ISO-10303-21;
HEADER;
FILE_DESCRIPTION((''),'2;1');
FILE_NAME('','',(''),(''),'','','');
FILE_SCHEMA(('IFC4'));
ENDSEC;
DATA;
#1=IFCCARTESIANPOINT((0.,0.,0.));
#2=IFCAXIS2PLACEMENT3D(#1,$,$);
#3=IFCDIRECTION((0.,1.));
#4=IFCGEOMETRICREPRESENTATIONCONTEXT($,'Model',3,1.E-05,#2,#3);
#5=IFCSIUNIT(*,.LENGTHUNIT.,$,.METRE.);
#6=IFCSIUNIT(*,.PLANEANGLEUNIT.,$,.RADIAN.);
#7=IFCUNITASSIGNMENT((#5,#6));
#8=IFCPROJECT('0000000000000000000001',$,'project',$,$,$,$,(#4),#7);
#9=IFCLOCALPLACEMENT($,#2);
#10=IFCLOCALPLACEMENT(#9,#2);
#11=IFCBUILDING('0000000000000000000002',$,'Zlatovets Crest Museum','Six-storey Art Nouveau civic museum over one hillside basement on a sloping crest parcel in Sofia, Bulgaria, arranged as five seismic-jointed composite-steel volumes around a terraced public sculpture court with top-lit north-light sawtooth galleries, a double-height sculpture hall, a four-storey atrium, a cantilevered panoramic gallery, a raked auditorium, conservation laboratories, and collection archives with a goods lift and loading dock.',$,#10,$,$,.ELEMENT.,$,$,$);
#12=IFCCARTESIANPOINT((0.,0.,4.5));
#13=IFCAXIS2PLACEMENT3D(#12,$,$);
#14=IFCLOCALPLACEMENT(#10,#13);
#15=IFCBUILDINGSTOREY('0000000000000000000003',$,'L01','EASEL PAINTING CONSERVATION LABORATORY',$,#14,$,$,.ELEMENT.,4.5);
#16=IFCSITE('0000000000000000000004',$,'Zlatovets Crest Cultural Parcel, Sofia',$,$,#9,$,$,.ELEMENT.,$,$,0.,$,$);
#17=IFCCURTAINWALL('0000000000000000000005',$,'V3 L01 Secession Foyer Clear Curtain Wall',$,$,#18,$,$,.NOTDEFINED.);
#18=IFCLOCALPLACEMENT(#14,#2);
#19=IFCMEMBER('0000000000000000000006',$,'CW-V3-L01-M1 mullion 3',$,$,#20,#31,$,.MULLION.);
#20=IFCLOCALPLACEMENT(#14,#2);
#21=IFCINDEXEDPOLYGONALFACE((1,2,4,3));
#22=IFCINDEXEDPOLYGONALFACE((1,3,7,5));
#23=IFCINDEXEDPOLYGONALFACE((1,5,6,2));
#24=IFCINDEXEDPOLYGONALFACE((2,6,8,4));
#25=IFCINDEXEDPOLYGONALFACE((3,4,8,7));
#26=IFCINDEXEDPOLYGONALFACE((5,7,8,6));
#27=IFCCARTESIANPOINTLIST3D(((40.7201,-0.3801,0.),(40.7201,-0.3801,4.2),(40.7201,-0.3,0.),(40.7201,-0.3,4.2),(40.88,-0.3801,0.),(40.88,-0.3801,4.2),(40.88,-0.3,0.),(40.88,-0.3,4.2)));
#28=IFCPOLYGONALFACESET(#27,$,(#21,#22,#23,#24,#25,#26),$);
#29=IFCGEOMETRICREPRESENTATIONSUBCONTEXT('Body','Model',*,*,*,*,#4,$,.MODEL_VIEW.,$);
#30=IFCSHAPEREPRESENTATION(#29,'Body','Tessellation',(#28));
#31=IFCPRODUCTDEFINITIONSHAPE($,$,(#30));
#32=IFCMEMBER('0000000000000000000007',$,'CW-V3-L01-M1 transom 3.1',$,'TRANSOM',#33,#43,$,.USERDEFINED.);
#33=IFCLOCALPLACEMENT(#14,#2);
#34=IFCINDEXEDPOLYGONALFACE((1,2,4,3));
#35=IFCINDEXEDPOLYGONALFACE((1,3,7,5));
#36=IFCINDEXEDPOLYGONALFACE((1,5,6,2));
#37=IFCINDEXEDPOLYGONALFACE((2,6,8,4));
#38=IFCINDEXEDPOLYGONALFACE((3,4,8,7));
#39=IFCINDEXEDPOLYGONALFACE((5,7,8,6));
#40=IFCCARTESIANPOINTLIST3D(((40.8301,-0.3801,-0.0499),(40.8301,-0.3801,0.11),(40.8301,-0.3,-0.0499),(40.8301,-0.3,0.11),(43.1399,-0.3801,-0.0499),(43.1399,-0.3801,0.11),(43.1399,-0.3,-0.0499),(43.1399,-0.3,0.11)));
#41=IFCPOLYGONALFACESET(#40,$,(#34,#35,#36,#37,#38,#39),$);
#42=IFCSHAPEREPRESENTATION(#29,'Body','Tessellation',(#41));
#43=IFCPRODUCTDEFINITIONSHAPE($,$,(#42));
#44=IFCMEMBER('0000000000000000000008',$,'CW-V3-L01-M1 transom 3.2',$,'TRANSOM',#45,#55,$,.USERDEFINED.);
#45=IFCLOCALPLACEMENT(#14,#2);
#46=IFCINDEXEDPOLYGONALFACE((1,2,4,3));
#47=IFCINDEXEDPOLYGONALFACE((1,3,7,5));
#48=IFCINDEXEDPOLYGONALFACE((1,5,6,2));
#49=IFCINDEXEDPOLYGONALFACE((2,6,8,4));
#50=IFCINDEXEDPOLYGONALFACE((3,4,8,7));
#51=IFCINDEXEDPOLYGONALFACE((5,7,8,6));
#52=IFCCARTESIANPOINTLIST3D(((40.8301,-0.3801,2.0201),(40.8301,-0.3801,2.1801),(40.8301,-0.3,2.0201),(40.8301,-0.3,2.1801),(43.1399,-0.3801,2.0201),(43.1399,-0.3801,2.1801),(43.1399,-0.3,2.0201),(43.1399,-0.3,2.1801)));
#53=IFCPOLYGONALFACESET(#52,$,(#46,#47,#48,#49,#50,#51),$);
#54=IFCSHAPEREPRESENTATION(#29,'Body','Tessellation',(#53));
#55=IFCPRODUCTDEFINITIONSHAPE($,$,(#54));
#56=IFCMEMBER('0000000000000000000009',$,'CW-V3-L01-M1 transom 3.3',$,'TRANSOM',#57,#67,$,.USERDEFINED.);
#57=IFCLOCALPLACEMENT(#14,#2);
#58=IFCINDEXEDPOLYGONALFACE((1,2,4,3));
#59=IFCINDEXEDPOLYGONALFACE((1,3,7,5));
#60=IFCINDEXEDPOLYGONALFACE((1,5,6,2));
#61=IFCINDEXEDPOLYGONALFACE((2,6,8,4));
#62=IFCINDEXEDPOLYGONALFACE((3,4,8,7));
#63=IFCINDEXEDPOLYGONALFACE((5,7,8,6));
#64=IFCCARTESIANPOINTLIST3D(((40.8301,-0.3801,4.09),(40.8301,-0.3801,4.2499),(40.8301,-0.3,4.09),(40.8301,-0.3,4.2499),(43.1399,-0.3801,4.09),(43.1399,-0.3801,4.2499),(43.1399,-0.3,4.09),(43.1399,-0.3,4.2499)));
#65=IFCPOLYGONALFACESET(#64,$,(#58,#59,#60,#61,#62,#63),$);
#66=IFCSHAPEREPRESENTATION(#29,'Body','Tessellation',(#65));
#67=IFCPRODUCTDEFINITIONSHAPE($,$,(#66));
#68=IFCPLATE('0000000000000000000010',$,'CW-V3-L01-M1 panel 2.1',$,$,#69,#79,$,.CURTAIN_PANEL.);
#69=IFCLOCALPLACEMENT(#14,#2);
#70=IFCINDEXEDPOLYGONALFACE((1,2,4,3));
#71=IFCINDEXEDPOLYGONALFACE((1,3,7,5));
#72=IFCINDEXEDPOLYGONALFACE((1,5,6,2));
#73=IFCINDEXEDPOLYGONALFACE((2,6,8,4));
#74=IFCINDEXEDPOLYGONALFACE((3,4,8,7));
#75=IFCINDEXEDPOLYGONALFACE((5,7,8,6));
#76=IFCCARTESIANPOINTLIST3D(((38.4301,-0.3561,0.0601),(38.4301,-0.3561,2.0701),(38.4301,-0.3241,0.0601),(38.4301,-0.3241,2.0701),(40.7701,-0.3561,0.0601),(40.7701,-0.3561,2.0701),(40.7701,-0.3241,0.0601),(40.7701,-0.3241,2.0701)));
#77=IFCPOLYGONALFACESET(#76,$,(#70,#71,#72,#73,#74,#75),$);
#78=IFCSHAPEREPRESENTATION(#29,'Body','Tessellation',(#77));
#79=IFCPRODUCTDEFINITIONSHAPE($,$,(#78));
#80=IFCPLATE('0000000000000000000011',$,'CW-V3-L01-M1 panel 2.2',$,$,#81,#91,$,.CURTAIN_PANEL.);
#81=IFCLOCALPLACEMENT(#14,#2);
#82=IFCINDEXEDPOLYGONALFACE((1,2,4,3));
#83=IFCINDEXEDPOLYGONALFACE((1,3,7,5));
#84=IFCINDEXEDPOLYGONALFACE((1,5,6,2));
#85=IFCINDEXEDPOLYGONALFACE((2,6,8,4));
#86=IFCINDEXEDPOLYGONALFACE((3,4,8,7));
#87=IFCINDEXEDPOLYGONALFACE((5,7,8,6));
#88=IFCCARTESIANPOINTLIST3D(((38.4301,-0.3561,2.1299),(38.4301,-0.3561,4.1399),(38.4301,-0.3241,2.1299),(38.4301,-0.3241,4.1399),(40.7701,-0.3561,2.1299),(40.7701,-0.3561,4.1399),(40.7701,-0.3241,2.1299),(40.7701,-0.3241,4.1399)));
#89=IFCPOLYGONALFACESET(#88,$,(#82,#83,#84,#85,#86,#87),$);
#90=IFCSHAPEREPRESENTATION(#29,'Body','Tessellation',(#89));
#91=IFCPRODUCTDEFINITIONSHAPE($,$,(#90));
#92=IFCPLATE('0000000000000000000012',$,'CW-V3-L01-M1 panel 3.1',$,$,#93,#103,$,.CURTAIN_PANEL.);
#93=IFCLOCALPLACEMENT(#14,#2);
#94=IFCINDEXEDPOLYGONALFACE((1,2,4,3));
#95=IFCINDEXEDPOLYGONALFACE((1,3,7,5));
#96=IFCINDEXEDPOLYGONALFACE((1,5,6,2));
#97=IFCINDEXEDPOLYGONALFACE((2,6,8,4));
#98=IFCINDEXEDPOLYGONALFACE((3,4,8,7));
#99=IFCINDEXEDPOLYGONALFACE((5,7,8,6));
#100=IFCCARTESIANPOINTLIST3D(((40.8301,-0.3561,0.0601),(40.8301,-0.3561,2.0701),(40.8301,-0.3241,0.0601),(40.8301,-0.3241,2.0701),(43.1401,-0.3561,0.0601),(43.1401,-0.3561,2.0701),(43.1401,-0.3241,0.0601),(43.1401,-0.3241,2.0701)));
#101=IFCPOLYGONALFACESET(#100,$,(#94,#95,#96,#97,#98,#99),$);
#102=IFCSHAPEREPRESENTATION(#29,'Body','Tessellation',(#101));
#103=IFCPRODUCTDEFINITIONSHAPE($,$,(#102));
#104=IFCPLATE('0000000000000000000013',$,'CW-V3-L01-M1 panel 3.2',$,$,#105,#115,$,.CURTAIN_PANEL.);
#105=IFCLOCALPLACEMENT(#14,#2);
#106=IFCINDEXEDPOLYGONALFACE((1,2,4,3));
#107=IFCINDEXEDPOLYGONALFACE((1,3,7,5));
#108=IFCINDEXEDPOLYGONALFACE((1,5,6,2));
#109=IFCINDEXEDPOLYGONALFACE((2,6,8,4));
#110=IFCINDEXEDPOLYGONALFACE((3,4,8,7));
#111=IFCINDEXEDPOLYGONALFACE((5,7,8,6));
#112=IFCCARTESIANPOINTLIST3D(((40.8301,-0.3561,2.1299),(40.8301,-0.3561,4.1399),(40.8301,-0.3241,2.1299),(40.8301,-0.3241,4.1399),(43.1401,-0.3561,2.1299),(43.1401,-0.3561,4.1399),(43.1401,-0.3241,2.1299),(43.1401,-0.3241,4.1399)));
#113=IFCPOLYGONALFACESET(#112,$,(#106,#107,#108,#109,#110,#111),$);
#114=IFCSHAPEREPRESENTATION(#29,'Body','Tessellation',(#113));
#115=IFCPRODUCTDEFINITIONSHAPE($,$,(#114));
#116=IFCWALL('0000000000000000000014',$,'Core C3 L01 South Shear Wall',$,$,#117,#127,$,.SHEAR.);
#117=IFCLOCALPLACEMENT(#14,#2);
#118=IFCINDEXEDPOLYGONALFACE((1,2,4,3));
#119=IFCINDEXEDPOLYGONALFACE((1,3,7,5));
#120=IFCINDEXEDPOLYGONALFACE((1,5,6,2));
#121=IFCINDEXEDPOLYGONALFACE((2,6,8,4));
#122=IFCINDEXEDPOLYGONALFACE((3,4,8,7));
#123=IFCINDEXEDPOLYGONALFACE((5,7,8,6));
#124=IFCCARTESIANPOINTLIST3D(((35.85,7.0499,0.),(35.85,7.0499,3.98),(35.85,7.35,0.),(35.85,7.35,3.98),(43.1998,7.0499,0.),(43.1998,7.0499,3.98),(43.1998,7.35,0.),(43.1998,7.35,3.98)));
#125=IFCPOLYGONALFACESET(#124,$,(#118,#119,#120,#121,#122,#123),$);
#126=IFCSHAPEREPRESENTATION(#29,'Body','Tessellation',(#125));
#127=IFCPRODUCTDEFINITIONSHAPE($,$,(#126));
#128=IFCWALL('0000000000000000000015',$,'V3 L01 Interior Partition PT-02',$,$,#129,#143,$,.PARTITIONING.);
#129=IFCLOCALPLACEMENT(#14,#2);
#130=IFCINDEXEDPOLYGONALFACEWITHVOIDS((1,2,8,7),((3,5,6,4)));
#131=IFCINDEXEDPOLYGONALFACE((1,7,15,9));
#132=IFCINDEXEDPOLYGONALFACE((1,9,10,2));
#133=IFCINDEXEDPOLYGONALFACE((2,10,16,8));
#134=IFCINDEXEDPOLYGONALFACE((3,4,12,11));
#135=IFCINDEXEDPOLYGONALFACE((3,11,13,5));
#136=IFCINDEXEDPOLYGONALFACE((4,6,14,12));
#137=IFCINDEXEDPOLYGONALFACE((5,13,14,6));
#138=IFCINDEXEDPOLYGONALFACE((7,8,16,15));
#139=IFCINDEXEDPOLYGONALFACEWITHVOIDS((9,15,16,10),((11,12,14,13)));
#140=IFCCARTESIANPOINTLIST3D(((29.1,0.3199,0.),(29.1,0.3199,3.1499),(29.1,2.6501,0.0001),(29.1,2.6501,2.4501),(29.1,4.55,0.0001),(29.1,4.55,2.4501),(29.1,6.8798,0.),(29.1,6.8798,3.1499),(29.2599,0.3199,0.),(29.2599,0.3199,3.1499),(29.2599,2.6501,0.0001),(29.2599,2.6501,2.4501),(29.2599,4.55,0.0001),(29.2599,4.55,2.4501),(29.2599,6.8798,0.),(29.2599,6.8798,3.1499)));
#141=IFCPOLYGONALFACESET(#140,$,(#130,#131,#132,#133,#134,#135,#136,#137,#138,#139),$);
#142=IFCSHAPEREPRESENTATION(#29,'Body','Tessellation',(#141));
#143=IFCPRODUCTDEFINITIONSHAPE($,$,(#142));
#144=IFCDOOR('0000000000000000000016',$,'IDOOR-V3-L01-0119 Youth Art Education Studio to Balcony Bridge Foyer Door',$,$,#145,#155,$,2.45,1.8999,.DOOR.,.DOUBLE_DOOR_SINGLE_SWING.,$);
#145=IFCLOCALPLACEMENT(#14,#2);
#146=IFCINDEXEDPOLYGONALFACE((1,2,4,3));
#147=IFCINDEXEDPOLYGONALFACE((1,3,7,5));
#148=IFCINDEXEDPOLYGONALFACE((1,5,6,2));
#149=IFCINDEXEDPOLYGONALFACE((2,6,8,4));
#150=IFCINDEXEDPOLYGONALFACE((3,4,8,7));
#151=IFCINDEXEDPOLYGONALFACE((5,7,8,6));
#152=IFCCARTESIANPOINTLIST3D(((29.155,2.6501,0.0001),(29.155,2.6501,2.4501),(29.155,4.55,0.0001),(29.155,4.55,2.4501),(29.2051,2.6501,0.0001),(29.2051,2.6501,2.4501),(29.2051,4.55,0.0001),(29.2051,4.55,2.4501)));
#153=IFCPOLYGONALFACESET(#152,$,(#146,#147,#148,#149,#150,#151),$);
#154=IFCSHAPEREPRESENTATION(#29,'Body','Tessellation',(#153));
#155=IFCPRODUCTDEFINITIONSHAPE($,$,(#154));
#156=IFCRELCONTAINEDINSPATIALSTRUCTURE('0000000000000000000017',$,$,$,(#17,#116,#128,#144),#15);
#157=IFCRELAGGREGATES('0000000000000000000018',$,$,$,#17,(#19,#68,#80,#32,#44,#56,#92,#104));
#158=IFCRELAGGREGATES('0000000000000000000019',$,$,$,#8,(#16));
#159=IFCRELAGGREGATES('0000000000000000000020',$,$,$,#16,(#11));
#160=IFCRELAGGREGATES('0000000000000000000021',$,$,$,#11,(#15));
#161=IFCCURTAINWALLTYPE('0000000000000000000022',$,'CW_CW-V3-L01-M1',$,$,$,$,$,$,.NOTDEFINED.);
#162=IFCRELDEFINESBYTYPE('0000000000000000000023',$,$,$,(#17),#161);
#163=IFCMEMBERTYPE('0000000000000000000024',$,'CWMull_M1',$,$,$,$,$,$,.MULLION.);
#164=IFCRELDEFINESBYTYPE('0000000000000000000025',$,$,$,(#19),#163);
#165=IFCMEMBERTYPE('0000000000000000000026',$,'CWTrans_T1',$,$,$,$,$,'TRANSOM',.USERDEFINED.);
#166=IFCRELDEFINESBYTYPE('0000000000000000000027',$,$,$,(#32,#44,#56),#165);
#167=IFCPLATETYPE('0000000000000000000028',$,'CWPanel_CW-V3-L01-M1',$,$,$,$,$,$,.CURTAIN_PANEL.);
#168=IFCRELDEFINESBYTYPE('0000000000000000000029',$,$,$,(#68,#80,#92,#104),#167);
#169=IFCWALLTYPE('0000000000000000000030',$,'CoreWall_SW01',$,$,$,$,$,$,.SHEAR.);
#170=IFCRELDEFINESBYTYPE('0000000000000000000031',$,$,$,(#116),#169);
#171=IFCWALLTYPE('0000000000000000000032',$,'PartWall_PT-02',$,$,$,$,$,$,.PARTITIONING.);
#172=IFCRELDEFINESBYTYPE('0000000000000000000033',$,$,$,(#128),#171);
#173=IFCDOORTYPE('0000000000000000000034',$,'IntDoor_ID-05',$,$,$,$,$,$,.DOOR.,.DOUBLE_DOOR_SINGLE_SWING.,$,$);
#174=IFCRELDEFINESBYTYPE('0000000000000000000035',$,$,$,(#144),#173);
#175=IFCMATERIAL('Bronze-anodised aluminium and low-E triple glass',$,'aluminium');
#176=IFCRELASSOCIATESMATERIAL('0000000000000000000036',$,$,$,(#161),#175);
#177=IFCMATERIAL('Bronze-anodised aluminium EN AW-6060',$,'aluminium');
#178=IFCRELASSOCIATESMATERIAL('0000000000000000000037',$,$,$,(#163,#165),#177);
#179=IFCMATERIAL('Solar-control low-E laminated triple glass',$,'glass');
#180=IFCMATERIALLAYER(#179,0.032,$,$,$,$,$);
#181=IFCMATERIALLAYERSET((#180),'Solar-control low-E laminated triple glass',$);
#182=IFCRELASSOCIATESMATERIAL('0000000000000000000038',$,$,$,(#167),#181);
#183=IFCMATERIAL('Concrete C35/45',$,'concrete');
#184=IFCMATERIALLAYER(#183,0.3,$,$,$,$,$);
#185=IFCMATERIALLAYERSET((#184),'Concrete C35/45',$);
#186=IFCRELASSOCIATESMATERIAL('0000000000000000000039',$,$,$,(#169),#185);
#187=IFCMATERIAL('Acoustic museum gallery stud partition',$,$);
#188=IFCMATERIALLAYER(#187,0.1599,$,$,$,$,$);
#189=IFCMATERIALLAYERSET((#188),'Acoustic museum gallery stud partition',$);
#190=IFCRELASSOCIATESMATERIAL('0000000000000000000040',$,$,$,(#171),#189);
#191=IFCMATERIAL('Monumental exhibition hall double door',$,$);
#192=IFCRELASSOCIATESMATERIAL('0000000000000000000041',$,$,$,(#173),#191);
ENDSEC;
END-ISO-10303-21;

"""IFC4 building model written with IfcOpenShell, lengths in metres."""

from ifc_helpers import new_model, si_unit, direction, frame, frame_2d, origin, origin_2d, place, context, subcontext, project, spatial, rectangle, extrude, material, layer, layer_set, material_profile, profile_set, type_object, element, fill, aggregate, save


model = new_model("IFC4")

# Units and contexts
model_context = context("Model", 3, precision=1e-05, world=origin(), true_north=direction((0.0, 1.0)))
body_context = subcontext(model_context, "Body", "Model", "MODEL_VIEW")
ifc_project = project(units=[si_unit("LENGTHUNIT", "METRE"), si_unit("PLANEANGLEUNIT", "RADIAN")], contexts=[model_context])

# Site, building, storey
site_placement = place(None, origin())
site = spatial("IfcSite", under=ifc_project, at=site_placement, Name="Zlatovets Crest Cultural Parcel, Sofia", CompositionType="ELEMENT", RefElevation=0.0)
building_placement = place(site_placement, origin())
building = spatial("IfcBuilding", under=site, at=building_placement, Name="Zlatovets Crest Museum", Description="Six-storey Art Nouveau civic museum over one hillside basement on a sloping crest parcel in Sofia, Bulgaria, arranged as five seismic-jointed composite-steel volumes around a terraced public sculpture court with top-lit north-light sawtooth galleries, a double-height sculpture hall, a four-storey atrium, a cantilevered panoramic gallery, a raked auditorium, conservation laboratories, and collection archives with a goods lift and loading dock.", CompositionType="ELEMENT")
storey_placement = place(building_placement, frame((0.0, 0.0, 4.5)))
storey = spatial("IfcBuildingStorey", under=building, at=storey_placement, Name="L01", Description="EASEL PAINTING CONSERVATION LABORATORY", CompositionType="ELEMENT", Elevation=4.5)

# Curtain wall, members, plates
ifc_material_1 = material(Name="Bronze-anodised aluminium and low-E triple glass", Category="aluminium")
curtain_wall_type = type_object("IfcCurtainWallType", Name="CW_CW-V3-L01-M1", PredefinedType="NOTDEFINED", material=ifc_material_1)
curtain_wall_placement = place(storey_placement, origin())
curtain_wall = element("IfcCurtainWall", 1, at=curtain_wall_placement, inside=storey, type_object=curtain_wall_type, Name="V3 L01 Secession Foyer Clear Curtain Wall", PredefinedType="NOTDEFINED")
ifc_material_2 = material(Name="Bronze-anodised aluminium EN AW-6060", Category="aluminium")
ifc_material_profile_1 = material_profile(ifc_material_2, rectangle(XDim=0.0801, YDim=0.1599, at=origin_2d()), Name="ALU 80x160")
ifc_profile_set_1 = profile_set([ifc_material_profile_1], Name="Bronze-anodised aluminium EN AW-6060")
member_type_1 = type_object("IfcMemberType", Name="CWMull_M1", PredefinedType="MULLION", material=ifc_profile_set_1)
member_1_placement = place(storey_placement, frame((40.8, -0.3401, 0.0), z_axis=(0.0, 0.0, 1.0), x_axis=(0.0, 1.0, 0.0)))
member_1 = element("IfcMember", 2, at=member_1_placement, type_object=member_type_1, Name="CW-V3-L01-M1 mullion 3", PredefinedType="MULLION", context=body_context, shape_type="SweptSolid", body=[
    extrude(rectangle(XDim=0.0801, YDim=0.1599, at=origin_2d()), origin(), (0.0, 0.0, 1.0), 4.2),
])
ifc_material_profile_2 = material_profile(ifc_material_2, rectangle(XDim=0.0801, YDim=0.1599, at=origin_2d()), Name="ALU 80x160")
ifc_profile_set_2 = profile_set([ifc_material_profile_2], Name="Bronze-anodised aluminium EN AW-6060")
member_type_2 = type_object("IfcMemberType", Name="CWTrans_T1", ElementType="TRANSOM", PredefinedType="USERDEFINED", material=ifc_profile_set_2)
member_2_placement = place(storey_placement, frame((40.8301, -0.3401, 0.03), z_axis=(1.0, 0.0, 0.0), x_axis=(0.0, 1.0, 0.0)))
member_2 = element("IfcMember", 3, at=member_2_placement, type_object=member_type_2, Name="CW-V3-L01-M1 transom 3.1", ObjectType="TRANSOM", PredefinedType="USERDEFINED", context=body_context, shape_type="SweptSolid", body=[
    extrude(rectangle(XDim=0.0801, YDim=0.1599, at=origin_2d()), origin(), (0.0, 0.0, 1.0), 2.3098),
])
member_3_placement = place(storey_placement, frame((40.8301, -0.3401, 2.1001), z_axis=(1.0, 0.0, 0.0), x_axis=(0.0, 1.0, 0.0)))
member_3 = element("IfcMember", 4, at=member_3_placement, type_object=member_type_2, Name="CW-V3-L01-M1 transom 3.2", ObjectType="TRANSOM", PredefinedType="USERDEFINED", context=body_context, shape_type="SweptSolid", body=[
    extrude(rectangle(XDim=0.0801, YDim=0.1599, at=origin_2d()), origin(), (0.0, 0.0, 1.0), 2.3098),
])
member_4_placement = place(storey_placement, frame((40.8301, -0.3401, 4.1699), z_axis=(1.0, 0.0, 0.0), x_axis=(0.0, 1.0, 0.0)))
member_4 = element("IfcMember", 5, at=member_4_placement, type_object=member_type_2, Name="CW-V3-L01-M1 transom 3.3", ObjectType="TRANSOM", PredefinedType="USERDEFINED", context=body_context, shape_type="SweptSolid", body=[
    extrude(rectangle(XDim=0.0801, YDim=0.1599, at=origin_2d()), origin(), (0.0, 0.0, 1.0), 2.3098),
])
ifc_material_3 = material(Name="Solar-control low-E laminated triple glass", Category="glass")
ifc_layer_1 = layer(ifc_material_3, 0.032)
ifc_layer_set_1 = layer_set([ifc_layer_1], Name="Solar-control low-E laminated triple glass")
plate_type = type_object("IfcPlateType", Name="CWPanel_CW-V3-L01-M1", PredefinedType="CURTAIN_PANEL", material=ifc_layer_set_1)
plate_1_placement = place(storey_placement, frame((39.6001, -0.3401, 0.0601), z_axis=(0.0, 0.0, 1.0), x_axis=(1.0, 0.0, 0.0)))
plate_1 = element("IfcPlate", 6, at=plate_1_placement, type_object=plate_type, Name="CW-V3-L01-M1 panel 2.1", PredefinedType="CURTAIN_PANEL", context=body_context, shape_type="SweptSolid", body=[
    extrude(rectangle(XDim=2.3401, YDim=0.032, at=origin_2d()), origin(), (0.0, 0.0, 1.0), 2.01),
])
plate_2_placement = place(storey_placement, frame((39.6001, -0.3401, 2.1299), z_axis=(0.0, 0.0, 1.0), x_axis=(1.0, 0.0, 0.0)))
plate_2 = element("IfcPlate", 7, at=plate_2_placement, type_object=plate_type, Name="CW-V3-L01-M1 panel 2.2", PredefinedType="CURTAIN_PANEL", context=body_context, shape_type="SweptSolid", body=[
    extrude(rectangle(XDim=2.3401, YDim=0.032, at=origin_2d()), origin(), (0.0, 0.0, 1.0), 2.01),
])
plate_3_placement = place(storey_placement, frame((41.9851, -0.3401, 0.0601), z_axis=(0.0, 0.0, 1.0), x_axis=(1.0, 0.0, 0.0)))
plate_3 = element("IfcPlate", 8, at=plate_3_placement, type_object=plate_type, Name="CW-V3-L01-M1 panel 3.1", PredefinedType="CURTAIN_PANEL", context=body_context, shape_type="SweptSolid", body=[
    extrude(rectangle(XDim=2.3101, YDim=0.032, at=origin_2d()), origin(), (0.0, 0.0, 1.0), 2.01),
])
plate_4_placement = place(storey_placement, frame((41.9851, -0.3401, 2.1299), z_axis=(0.0, 0.0, 1.0), x_axis=(1.0, 0.0, 0.0)))
plate_4 = element("IfcPlate", 9, at=plate_4_placement, type_object=plate_type, Name="CW-V3-L01-M1 panel 3.2", PredefinedType="CURTAIN_PANEL", context=body_context, shape_type="SweptSolid", body=[
    extrude(rectangle(XDim=2.3101, YDim=0.032, at=origin_2d()), origin(), (0.0, 0.0, 1.0), 2.01),
])
aggregate(curtain_wall, [member_1, plate_1, plate_2, member_2, member_3, member_4, plate_3, plate_4])

# Wall
ifc_material_4 = material(Name="Concrete C35/45", Category="concrete")
ifc_layer_2 = layer(ifc_material_4, 0.3)
ifc_layer_set_2 = layer_set([ifc_layer_2], Name="Concrete C35/45")
wall_type_1 = type_object("IfcWallType", Name="CoreWall_SW01", PredefinedType="SHEAR", material=ifc_layer_set_2)
wall_1_placement = place(storey_placement, frame((35.8501, 7.2, 0.0), z_axis=(0.0, 0.0, 1.0), x_axis=(1.0, 0.0, 0.0)))
element("IfcWall", 10, at=wall_1_placement, inside=storey, type_object=wall_type_1, Name="Core C3 L01 South Shear Wall", PredefinedType="SHEAR", context=body_context, shape_type="SweptSolid", body=[
    extrude(rectangle(XDim=7.3499, YDim=0.3, at=frame_2d((3.6748, 0.0))), origin(), (0.0, 0.0, 1.0), 3.98),
])

# Wall, opening, door
ifc_material_5 = material(Name="Acoustic museum gallery stud partition")
ifc_layer_3 = layer(ifc_material_5, 0.1599)
ifc_layer_set_3 = layer_set([ifc_layer_3], Name="Acoustic museum gallery stud partition")
wall_type_2 = type_object("IfcWallType", Name="PartWall_PT-02", PredefinedType="PARTITIONING", material=ifc_layer_set_3)
wall_2_placement = place(storey_placement, frame((29.1799, 0.3201, 0.0), z_axis=(0.0, 0.0, 1.0), x_axis=(0.0, 1.0, 0.0)))
wall_2 = element("IfcWall", 11, at=wall_2_placement, inside=storey, type_object=wall_type_2, Name="V3 L01 Interior Partition PT-02", PredefinedType="PARTITIONING", context=body_context, shape_type="SweptSolid", body=[
    extrude(rectangle(XDim=6.5598, YDim=0.1599, at=frame_2d((3.2798, 0.0))), origin(), (0.0, 0.0, 1.0), 3.1499),
])
opening_1_placement = place(wall_2_placement, frame((2.3301, 0.0, 0.0)))
opening_1 = element("IfcOpeningElement", 12, at=opening_1_placement, cuts=wall_2, PredefinedType="OPENING", context=body_context, shape_type="SweptSolid", body=[
    extrude(rectangle(XDim=1.8999, YDim=2.45, at=frame_2d((0.95, 1.2251))), frame((0.0, 0.0898, 0.0), z_axis=(0.0, -1.0, 0.0), x_axis=(1.0, 0.0, 0.0)), (0.0, 0.0, 1.0), 0.1799),
])
ifc_material_6 = material(Name="Monumental exhibition hall double door")
door_type_1 = type_object("IfcDoorType", Name="IntDoor_ID-05", OperationType="DOUBLE_DOOR_SINGLE_SWING", PredefinedType="DOOR", material=ifc_material_6)
door_1_placement = place(opening_1_placement, origin())
door_1 = element("IfcDoor", 13, at=door_1_placement, inside=storey, type_object=door_type_1, Name="IDOOR-V3-L01-0119 Youth Art Education Studio to Balcony Bridge Foyer Door", OperationType="DOUBLE_DOOR_SINGLE_SWING", OverallHeight=2.45, OverallWidth=1.8999, PredefinedType="DOOR", context=body_context, shape_type="SweptSolid", body=[
    extrude(rectangle(XDim=1.8999, YDim=2.45, at=frame_2d((0.95, 1.2251))), frame((0.0, 0.0249, 0.0), z_axis=(0.0, -1.0, 0.0), x_axis=(1.0, 0.0, 0.0)), (0.0, 0.0, 1.0), 0.05),
])
fill(opening_1, door_1)

save(model, "model.ifc")
